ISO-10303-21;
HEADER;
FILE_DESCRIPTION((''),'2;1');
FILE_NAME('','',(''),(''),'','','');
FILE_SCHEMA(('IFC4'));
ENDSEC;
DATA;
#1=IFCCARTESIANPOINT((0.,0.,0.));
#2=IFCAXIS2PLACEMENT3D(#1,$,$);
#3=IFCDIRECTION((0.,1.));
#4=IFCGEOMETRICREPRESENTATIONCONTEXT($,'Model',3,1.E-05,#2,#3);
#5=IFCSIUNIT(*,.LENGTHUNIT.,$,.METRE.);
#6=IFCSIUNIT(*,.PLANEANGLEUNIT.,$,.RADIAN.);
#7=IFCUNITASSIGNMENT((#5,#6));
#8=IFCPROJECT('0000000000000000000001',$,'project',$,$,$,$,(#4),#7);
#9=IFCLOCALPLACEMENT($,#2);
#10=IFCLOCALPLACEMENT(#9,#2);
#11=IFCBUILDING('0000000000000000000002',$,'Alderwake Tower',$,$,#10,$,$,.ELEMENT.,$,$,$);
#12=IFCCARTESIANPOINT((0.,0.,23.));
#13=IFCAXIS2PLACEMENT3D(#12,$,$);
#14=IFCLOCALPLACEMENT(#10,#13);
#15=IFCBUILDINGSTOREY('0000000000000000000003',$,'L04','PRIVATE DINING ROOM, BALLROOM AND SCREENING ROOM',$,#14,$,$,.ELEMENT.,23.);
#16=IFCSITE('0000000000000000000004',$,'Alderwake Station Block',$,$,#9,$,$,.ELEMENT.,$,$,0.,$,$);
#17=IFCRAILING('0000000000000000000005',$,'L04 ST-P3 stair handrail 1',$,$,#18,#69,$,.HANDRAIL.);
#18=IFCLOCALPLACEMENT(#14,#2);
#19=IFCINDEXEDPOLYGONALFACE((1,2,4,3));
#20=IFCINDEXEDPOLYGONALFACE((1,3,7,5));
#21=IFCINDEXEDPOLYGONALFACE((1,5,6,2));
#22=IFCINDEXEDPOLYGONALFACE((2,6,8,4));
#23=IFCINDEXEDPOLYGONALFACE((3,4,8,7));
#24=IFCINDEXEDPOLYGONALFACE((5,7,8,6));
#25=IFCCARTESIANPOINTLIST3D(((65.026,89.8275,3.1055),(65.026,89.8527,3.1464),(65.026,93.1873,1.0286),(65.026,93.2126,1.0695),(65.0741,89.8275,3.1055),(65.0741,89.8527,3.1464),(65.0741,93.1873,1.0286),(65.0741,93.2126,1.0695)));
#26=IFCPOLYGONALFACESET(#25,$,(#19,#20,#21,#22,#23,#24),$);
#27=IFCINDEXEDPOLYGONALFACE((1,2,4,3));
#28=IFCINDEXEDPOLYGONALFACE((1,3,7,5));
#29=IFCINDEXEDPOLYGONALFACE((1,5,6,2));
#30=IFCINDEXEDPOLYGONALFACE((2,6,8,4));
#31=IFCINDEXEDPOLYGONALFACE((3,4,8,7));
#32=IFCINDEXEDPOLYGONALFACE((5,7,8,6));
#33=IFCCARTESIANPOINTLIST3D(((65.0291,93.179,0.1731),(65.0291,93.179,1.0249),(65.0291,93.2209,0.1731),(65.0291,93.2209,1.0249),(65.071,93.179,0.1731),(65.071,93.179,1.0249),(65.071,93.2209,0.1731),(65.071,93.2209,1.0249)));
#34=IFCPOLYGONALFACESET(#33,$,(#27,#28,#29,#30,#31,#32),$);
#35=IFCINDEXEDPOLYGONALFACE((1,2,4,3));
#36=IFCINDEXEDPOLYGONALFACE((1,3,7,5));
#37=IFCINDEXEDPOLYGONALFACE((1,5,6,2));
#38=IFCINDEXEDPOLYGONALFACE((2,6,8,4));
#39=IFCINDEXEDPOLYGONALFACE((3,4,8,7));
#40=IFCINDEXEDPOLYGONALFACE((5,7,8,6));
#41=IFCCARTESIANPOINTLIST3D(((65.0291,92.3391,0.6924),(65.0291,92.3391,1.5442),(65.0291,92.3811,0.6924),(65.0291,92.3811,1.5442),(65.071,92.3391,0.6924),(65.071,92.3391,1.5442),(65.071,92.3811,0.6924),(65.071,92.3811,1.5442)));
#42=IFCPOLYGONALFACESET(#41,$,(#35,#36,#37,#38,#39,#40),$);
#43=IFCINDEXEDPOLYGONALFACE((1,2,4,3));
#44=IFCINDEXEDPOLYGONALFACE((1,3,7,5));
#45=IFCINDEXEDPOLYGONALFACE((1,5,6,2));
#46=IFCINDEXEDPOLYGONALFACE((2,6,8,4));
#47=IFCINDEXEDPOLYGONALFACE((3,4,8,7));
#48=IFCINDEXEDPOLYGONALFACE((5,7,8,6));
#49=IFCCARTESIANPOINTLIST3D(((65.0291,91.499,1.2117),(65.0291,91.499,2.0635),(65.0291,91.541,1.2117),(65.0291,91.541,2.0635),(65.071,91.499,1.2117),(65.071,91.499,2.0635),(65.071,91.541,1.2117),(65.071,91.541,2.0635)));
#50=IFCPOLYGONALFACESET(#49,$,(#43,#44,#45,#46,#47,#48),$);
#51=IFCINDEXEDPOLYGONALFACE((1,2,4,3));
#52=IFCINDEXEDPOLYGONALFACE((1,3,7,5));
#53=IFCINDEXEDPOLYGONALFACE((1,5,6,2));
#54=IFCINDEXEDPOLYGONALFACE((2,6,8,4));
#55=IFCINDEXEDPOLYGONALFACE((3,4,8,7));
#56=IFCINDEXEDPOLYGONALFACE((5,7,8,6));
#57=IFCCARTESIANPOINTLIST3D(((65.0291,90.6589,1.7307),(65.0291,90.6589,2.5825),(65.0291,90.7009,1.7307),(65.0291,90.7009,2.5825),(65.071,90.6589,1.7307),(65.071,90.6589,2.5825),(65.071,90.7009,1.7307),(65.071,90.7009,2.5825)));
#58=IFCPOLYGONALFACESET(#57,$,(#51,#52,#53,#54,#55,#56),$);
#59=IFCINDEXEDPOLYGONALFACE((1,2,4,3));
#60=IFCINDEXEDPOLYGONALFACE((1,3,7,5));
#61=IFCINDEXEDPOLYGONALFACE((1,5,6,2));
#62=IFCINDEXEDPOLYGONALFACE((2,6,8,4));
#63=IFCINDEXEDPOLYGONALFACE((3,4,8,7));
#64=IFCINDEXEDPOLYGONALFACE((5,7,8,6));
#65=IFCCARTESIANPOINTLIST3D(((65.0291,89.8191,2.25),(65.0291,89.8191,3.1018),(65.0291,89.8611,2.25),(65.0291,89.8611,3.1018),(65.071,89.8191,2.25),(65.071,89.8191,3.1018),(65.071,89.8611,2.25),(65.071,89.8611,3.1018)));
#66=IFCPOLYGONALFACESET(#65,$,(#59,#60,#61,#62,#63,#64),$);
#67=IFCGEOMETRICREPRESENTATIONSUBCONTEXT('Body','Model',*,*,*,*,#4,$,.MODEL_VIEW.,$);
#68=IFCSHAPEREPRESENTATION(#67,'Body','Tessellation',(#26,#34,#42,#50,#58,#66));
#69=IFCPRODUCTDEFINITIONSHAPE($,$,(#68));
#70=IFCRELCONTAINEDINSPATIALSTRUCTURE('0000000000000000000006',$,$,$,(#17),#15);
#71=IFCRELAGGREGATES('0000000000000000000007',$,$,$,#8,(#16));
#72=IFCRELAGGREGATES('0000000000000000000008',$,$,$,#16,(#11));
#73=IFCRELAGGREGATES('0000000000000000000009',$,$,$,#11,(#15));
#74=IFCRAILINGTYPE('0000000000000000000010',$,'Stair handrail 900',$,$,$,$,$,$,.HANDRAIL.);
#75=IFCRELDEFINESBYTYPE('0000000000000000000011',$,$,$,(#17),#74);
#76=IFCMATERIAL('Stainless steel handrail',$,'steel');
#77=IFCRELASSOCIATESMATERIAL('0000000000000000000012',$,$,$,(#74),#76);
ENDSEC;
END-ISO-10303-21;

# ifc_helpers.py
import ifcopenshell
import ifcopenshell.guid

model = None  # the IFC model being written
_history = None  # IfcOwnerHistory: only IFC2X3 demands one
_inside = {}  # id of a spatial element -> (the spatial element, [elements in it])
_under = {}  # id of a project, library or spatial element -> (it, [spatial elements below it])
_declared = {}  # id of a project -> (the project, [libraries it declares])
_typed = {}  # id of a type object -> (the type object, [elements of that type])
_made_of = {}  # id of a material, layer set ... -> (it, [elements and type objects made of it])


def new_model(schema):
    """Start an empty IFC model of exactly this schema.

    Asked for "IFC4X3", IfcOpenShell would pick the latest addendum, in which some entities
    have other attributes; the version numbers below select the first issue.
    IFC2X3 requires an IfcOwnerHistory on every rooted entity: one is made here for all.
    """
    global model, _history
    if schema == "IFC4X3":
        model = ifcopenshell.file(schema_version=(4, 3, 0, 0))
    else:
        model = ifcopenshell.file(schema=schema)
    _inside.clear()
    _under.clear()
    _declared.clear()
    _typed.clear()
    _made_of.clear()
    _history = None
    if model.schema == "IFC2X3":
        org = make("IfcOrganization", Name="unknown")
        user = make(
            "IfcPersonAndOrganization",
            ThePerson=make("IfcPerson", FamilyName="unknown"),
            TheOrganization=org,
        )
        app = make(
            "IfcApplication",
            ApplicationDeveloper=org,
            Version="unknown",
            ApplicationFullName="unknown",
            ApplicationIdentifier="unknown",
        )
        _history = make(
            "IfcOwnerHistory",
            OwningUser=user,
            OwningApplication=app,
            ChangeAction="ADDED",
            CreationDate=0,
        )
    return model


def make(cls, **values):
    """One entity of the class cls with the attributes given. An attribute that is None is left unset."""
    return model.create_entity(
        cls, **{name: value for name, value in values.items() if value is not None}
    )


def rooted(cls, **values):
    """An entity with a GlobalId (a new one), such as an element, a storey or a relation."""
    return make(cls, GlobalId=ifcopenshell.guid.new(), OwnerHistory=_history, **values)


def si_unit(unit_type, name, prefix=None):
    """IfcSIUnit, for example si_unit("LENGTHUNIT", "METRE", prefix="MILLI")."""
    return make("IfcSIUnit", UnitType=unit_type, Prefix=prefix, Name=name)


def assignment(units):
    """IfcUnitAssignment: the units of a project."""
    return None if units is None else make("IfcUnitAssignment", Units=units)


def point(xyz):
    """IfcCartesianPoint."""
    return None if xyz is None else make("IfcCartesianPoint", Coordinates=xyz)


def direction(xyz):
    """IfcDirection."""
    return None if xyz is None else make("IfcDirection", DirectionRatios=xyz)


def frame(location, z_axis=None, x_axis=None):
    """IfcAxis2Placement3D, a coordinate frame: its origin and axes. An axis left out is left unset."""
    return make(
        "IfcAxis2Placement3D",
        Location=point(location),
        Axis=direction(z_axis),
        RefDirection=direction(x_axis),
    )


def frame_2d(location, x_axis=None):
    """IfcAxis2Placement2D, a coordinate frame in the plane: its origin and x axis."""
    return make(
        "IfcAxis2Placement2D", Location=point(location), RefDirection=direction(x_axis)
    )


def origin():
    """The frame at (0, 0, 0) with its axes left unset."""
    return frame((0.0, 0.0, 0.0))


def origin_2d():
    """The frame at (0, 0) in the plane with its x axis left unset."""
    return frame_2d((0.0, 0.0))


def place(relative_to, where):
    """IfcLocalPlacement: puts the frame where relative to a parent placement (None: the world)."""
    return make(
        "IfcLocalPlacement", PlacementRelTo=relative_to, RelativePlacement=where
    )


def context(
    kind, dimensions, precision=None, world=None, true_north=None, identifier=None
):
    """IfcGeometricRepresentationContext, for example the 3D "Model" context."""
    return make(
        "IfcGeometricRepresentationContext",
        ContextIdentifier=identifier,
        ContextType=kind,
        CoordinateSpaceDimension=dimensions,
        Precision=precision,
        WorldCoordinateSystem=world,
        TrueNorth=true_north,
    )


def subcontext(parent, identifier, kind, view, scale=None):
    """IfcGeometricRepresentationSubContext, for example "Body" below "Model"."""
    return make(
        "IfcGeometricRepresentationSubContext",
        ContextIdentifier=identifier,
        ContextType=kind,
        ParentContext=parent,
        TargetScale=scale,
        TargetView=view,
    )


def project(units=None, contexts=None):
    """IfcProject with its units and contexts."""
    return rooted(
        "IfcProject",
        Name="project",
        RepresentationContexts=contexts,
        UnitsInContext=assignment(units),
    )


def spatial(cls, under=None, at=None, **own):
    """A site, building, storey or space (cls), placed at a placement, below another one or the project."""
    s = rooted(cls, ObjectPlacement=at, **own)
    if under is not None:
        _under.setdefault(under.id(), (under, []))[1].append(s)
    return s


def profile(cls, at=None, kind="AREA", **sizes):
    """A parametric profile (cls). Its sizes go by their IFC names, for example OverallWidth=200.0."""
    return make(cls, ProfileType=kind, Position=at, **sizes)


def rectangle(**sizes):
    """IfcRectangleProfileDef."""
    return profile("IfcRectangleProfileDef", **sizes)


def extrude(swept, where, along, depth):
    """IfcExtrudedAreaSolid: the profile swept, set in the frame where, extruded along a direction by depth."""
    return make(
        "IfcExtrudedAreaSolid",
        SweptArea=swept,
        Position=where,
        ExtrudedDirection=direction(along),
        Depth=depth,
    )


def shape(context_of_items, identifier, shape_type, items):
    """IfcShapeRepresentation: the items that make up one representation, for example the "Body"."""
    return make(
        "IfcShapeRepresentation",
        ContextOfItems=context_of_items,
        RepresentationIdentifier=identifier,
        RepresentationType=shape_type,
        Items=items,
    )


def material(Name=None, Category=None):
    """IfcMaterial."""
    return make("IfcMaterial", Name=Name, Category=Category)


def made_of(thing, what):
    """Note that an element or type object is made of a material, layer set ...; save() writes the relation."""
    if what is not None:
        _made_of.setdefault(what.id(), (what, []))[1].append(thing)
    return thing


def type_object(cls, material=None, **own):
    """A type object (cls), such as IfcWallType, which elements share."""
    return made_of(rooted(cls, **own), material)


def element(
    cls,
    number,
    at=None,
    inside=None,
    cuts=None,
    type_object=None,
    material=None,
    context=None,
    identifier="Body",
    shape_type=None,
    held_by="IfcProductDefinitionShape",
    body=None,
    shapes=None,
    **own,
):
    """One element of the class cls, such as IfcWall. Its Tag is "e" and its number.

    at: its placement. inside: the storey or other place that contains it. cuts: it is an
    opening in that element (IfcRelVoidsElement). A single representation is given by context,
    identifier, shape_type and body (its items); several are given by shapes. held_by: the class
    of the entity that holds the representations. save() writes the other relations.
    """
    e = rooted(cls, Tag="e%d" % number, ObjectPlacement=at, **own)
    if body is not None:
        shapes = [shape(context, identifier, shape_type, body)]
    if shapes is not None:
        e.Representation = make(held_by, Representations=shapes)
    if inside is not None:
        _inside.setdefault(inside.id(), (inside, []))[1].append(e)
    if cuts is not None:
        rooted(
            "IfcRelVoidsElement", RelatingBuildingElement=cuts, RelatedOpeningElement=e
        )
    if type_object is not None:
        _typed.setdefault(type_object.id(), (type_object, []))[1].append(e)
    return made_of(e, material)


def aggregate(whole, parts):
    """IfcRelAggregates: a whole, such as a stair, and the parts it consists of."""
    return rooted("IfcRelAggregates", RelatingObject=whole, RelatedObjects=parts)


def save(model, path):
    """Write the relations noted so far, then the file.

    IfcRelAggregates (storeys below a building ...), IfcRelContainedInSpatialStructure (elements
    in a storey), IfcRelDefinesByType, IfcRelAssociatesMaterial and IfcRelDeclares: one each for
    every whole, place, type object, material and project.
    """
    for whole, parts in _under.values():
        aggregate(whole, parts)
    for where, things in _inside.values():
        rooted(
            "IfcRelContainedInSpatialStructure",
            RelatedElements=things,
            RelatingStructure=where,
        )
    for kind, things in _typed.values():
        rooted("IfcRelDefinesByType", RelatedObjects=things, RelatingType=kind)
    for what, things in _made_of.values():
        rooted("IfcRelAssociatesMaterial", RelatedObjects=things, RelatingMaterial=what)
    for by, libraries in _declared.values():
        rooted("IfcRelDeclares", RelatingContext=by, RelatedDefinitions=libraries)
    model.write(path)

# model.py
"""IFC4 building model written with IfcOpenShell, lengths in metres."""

from ifc_helpers import new_model, si_unit, direction, frame, origin, origin_2d, place, context, subcontext, project, spatial, rectangle, extrude, material, type_object, element, save


model = new_model("IFC4")

# Units and contexts
model_context = context("Model", 3, precision=1e-05, world=origin(), true_north=direction((0.0, 1.0)))
body_context = subcontext(model_context, "Body", "Model", "MODEL_VIEW")
ifc_project = project(units=[si_unit("LENGTHUNIT", "METRE"), si_unit("PLANEANGLEUNIT", "RADIAN")], contexts=[model_context])

# Site, building, storey
site_placement = place(None, origin())
site = spatial("IfcSite", under=ifc_project, at=site_placement, Name="Alderwake Station Block", CompositionType="ELEMENT", RefElevation=0.0)
building_placement = place(site_placement, origin())
building = spatial("IfcBuilding", under=site, at=building_placement, Name="Alderwake Tower", CompositionType="ELEMENT")
storey_placement = place(building_placement, frame((0.0, 0.0, 23.0)))
storey = spatial("IfcBuildingStorey", under=building, at=storey_placement, Name="L04", Description="PRIVATE DINING ROOM, BALLROOM AND SCREENING ROOM", CompositionType="ELEMENT", Elevation=23.0)

# Railing
ifc_material_1 = material(Name="Stainless steel handrail", Category="steel")
railing_type_1 = type_object("IfcRailingType", Name="Stair handrail 900", PredefinedType="HANDRAIL", material=ifc_material_1)
railing_1_placement = place(storey_placement, frame((65.05, 93.2, 0.1731)))
element("IfcRailing", 1, at=railing_1_placement, inside=storey, type_object=railing_type_1, Name="L04 ST-P3 stair handrail 1", PredefinedType="HANDRAIL", context=body_context, shape_type="SweptSolid", body=[
    extrude(rectangle(XDim=0.0481, YDim=0.0481, at=origin_2d()), frame((0.0, 0.0, 0.876), z_axis=(0.0, -0.850606, 0.525803), x_axis=(1.0, 0.0, 0.0)), (0.0, 0.0, 1.0), 3.95),
    extrude(rectangle(XDim=0.042, YDim=0.042, at=origin_2d()), frame((0.0, 0.0, 0.0), z_axis=(0.0, 0.0, 1.0), x_axis=(0.0, -1.0, 0.0)), (0.0, 0.0, 1.0), 0.8518),
    extrude(rectangle(XDim=0.042, YDim=0.042, at=origin_2d()), frame((0.0, -0.8398, 0.5193), z_axis=(0.0, 0.0, 1.0), x_axis=(0.0, -1.0, 0.0)), (0.0, 0.0, 1.0), 0.8518),
    extrude(rectangle(XDim=0.042, YDim=0.042, at=origin_2d()), frame((0.0, -1.6799, 1.0386), z_axis=(0.0, 0.0, 1.0), x_axis=(0.0, -1.0, 0.0)), (0.0, 0.0, 1.0), 0.8518),
    extrude(rectangle(XDim=0.042, YDim=0.042, at=origin_2d()), frame((0.0, -2.52, 1.5576), z_axis=(0.0, 0.0, 1.0), x_axis=(0.0, -1.0, 0.0)), (0.0, 0.0, 1.0), 0.8518),
    extrude(rectangle(XDim=0.042, YDim=0.042, at=origin_2d()), frame((0.0, -3.3599, 2.0769), z_axis=(0.0, 0.0, 1.0), x_axis=(0.0, -1.0, 0.0)), (0.0, 0.0, 1.0), 0.8518),
])

save(model, "model.ifc")
